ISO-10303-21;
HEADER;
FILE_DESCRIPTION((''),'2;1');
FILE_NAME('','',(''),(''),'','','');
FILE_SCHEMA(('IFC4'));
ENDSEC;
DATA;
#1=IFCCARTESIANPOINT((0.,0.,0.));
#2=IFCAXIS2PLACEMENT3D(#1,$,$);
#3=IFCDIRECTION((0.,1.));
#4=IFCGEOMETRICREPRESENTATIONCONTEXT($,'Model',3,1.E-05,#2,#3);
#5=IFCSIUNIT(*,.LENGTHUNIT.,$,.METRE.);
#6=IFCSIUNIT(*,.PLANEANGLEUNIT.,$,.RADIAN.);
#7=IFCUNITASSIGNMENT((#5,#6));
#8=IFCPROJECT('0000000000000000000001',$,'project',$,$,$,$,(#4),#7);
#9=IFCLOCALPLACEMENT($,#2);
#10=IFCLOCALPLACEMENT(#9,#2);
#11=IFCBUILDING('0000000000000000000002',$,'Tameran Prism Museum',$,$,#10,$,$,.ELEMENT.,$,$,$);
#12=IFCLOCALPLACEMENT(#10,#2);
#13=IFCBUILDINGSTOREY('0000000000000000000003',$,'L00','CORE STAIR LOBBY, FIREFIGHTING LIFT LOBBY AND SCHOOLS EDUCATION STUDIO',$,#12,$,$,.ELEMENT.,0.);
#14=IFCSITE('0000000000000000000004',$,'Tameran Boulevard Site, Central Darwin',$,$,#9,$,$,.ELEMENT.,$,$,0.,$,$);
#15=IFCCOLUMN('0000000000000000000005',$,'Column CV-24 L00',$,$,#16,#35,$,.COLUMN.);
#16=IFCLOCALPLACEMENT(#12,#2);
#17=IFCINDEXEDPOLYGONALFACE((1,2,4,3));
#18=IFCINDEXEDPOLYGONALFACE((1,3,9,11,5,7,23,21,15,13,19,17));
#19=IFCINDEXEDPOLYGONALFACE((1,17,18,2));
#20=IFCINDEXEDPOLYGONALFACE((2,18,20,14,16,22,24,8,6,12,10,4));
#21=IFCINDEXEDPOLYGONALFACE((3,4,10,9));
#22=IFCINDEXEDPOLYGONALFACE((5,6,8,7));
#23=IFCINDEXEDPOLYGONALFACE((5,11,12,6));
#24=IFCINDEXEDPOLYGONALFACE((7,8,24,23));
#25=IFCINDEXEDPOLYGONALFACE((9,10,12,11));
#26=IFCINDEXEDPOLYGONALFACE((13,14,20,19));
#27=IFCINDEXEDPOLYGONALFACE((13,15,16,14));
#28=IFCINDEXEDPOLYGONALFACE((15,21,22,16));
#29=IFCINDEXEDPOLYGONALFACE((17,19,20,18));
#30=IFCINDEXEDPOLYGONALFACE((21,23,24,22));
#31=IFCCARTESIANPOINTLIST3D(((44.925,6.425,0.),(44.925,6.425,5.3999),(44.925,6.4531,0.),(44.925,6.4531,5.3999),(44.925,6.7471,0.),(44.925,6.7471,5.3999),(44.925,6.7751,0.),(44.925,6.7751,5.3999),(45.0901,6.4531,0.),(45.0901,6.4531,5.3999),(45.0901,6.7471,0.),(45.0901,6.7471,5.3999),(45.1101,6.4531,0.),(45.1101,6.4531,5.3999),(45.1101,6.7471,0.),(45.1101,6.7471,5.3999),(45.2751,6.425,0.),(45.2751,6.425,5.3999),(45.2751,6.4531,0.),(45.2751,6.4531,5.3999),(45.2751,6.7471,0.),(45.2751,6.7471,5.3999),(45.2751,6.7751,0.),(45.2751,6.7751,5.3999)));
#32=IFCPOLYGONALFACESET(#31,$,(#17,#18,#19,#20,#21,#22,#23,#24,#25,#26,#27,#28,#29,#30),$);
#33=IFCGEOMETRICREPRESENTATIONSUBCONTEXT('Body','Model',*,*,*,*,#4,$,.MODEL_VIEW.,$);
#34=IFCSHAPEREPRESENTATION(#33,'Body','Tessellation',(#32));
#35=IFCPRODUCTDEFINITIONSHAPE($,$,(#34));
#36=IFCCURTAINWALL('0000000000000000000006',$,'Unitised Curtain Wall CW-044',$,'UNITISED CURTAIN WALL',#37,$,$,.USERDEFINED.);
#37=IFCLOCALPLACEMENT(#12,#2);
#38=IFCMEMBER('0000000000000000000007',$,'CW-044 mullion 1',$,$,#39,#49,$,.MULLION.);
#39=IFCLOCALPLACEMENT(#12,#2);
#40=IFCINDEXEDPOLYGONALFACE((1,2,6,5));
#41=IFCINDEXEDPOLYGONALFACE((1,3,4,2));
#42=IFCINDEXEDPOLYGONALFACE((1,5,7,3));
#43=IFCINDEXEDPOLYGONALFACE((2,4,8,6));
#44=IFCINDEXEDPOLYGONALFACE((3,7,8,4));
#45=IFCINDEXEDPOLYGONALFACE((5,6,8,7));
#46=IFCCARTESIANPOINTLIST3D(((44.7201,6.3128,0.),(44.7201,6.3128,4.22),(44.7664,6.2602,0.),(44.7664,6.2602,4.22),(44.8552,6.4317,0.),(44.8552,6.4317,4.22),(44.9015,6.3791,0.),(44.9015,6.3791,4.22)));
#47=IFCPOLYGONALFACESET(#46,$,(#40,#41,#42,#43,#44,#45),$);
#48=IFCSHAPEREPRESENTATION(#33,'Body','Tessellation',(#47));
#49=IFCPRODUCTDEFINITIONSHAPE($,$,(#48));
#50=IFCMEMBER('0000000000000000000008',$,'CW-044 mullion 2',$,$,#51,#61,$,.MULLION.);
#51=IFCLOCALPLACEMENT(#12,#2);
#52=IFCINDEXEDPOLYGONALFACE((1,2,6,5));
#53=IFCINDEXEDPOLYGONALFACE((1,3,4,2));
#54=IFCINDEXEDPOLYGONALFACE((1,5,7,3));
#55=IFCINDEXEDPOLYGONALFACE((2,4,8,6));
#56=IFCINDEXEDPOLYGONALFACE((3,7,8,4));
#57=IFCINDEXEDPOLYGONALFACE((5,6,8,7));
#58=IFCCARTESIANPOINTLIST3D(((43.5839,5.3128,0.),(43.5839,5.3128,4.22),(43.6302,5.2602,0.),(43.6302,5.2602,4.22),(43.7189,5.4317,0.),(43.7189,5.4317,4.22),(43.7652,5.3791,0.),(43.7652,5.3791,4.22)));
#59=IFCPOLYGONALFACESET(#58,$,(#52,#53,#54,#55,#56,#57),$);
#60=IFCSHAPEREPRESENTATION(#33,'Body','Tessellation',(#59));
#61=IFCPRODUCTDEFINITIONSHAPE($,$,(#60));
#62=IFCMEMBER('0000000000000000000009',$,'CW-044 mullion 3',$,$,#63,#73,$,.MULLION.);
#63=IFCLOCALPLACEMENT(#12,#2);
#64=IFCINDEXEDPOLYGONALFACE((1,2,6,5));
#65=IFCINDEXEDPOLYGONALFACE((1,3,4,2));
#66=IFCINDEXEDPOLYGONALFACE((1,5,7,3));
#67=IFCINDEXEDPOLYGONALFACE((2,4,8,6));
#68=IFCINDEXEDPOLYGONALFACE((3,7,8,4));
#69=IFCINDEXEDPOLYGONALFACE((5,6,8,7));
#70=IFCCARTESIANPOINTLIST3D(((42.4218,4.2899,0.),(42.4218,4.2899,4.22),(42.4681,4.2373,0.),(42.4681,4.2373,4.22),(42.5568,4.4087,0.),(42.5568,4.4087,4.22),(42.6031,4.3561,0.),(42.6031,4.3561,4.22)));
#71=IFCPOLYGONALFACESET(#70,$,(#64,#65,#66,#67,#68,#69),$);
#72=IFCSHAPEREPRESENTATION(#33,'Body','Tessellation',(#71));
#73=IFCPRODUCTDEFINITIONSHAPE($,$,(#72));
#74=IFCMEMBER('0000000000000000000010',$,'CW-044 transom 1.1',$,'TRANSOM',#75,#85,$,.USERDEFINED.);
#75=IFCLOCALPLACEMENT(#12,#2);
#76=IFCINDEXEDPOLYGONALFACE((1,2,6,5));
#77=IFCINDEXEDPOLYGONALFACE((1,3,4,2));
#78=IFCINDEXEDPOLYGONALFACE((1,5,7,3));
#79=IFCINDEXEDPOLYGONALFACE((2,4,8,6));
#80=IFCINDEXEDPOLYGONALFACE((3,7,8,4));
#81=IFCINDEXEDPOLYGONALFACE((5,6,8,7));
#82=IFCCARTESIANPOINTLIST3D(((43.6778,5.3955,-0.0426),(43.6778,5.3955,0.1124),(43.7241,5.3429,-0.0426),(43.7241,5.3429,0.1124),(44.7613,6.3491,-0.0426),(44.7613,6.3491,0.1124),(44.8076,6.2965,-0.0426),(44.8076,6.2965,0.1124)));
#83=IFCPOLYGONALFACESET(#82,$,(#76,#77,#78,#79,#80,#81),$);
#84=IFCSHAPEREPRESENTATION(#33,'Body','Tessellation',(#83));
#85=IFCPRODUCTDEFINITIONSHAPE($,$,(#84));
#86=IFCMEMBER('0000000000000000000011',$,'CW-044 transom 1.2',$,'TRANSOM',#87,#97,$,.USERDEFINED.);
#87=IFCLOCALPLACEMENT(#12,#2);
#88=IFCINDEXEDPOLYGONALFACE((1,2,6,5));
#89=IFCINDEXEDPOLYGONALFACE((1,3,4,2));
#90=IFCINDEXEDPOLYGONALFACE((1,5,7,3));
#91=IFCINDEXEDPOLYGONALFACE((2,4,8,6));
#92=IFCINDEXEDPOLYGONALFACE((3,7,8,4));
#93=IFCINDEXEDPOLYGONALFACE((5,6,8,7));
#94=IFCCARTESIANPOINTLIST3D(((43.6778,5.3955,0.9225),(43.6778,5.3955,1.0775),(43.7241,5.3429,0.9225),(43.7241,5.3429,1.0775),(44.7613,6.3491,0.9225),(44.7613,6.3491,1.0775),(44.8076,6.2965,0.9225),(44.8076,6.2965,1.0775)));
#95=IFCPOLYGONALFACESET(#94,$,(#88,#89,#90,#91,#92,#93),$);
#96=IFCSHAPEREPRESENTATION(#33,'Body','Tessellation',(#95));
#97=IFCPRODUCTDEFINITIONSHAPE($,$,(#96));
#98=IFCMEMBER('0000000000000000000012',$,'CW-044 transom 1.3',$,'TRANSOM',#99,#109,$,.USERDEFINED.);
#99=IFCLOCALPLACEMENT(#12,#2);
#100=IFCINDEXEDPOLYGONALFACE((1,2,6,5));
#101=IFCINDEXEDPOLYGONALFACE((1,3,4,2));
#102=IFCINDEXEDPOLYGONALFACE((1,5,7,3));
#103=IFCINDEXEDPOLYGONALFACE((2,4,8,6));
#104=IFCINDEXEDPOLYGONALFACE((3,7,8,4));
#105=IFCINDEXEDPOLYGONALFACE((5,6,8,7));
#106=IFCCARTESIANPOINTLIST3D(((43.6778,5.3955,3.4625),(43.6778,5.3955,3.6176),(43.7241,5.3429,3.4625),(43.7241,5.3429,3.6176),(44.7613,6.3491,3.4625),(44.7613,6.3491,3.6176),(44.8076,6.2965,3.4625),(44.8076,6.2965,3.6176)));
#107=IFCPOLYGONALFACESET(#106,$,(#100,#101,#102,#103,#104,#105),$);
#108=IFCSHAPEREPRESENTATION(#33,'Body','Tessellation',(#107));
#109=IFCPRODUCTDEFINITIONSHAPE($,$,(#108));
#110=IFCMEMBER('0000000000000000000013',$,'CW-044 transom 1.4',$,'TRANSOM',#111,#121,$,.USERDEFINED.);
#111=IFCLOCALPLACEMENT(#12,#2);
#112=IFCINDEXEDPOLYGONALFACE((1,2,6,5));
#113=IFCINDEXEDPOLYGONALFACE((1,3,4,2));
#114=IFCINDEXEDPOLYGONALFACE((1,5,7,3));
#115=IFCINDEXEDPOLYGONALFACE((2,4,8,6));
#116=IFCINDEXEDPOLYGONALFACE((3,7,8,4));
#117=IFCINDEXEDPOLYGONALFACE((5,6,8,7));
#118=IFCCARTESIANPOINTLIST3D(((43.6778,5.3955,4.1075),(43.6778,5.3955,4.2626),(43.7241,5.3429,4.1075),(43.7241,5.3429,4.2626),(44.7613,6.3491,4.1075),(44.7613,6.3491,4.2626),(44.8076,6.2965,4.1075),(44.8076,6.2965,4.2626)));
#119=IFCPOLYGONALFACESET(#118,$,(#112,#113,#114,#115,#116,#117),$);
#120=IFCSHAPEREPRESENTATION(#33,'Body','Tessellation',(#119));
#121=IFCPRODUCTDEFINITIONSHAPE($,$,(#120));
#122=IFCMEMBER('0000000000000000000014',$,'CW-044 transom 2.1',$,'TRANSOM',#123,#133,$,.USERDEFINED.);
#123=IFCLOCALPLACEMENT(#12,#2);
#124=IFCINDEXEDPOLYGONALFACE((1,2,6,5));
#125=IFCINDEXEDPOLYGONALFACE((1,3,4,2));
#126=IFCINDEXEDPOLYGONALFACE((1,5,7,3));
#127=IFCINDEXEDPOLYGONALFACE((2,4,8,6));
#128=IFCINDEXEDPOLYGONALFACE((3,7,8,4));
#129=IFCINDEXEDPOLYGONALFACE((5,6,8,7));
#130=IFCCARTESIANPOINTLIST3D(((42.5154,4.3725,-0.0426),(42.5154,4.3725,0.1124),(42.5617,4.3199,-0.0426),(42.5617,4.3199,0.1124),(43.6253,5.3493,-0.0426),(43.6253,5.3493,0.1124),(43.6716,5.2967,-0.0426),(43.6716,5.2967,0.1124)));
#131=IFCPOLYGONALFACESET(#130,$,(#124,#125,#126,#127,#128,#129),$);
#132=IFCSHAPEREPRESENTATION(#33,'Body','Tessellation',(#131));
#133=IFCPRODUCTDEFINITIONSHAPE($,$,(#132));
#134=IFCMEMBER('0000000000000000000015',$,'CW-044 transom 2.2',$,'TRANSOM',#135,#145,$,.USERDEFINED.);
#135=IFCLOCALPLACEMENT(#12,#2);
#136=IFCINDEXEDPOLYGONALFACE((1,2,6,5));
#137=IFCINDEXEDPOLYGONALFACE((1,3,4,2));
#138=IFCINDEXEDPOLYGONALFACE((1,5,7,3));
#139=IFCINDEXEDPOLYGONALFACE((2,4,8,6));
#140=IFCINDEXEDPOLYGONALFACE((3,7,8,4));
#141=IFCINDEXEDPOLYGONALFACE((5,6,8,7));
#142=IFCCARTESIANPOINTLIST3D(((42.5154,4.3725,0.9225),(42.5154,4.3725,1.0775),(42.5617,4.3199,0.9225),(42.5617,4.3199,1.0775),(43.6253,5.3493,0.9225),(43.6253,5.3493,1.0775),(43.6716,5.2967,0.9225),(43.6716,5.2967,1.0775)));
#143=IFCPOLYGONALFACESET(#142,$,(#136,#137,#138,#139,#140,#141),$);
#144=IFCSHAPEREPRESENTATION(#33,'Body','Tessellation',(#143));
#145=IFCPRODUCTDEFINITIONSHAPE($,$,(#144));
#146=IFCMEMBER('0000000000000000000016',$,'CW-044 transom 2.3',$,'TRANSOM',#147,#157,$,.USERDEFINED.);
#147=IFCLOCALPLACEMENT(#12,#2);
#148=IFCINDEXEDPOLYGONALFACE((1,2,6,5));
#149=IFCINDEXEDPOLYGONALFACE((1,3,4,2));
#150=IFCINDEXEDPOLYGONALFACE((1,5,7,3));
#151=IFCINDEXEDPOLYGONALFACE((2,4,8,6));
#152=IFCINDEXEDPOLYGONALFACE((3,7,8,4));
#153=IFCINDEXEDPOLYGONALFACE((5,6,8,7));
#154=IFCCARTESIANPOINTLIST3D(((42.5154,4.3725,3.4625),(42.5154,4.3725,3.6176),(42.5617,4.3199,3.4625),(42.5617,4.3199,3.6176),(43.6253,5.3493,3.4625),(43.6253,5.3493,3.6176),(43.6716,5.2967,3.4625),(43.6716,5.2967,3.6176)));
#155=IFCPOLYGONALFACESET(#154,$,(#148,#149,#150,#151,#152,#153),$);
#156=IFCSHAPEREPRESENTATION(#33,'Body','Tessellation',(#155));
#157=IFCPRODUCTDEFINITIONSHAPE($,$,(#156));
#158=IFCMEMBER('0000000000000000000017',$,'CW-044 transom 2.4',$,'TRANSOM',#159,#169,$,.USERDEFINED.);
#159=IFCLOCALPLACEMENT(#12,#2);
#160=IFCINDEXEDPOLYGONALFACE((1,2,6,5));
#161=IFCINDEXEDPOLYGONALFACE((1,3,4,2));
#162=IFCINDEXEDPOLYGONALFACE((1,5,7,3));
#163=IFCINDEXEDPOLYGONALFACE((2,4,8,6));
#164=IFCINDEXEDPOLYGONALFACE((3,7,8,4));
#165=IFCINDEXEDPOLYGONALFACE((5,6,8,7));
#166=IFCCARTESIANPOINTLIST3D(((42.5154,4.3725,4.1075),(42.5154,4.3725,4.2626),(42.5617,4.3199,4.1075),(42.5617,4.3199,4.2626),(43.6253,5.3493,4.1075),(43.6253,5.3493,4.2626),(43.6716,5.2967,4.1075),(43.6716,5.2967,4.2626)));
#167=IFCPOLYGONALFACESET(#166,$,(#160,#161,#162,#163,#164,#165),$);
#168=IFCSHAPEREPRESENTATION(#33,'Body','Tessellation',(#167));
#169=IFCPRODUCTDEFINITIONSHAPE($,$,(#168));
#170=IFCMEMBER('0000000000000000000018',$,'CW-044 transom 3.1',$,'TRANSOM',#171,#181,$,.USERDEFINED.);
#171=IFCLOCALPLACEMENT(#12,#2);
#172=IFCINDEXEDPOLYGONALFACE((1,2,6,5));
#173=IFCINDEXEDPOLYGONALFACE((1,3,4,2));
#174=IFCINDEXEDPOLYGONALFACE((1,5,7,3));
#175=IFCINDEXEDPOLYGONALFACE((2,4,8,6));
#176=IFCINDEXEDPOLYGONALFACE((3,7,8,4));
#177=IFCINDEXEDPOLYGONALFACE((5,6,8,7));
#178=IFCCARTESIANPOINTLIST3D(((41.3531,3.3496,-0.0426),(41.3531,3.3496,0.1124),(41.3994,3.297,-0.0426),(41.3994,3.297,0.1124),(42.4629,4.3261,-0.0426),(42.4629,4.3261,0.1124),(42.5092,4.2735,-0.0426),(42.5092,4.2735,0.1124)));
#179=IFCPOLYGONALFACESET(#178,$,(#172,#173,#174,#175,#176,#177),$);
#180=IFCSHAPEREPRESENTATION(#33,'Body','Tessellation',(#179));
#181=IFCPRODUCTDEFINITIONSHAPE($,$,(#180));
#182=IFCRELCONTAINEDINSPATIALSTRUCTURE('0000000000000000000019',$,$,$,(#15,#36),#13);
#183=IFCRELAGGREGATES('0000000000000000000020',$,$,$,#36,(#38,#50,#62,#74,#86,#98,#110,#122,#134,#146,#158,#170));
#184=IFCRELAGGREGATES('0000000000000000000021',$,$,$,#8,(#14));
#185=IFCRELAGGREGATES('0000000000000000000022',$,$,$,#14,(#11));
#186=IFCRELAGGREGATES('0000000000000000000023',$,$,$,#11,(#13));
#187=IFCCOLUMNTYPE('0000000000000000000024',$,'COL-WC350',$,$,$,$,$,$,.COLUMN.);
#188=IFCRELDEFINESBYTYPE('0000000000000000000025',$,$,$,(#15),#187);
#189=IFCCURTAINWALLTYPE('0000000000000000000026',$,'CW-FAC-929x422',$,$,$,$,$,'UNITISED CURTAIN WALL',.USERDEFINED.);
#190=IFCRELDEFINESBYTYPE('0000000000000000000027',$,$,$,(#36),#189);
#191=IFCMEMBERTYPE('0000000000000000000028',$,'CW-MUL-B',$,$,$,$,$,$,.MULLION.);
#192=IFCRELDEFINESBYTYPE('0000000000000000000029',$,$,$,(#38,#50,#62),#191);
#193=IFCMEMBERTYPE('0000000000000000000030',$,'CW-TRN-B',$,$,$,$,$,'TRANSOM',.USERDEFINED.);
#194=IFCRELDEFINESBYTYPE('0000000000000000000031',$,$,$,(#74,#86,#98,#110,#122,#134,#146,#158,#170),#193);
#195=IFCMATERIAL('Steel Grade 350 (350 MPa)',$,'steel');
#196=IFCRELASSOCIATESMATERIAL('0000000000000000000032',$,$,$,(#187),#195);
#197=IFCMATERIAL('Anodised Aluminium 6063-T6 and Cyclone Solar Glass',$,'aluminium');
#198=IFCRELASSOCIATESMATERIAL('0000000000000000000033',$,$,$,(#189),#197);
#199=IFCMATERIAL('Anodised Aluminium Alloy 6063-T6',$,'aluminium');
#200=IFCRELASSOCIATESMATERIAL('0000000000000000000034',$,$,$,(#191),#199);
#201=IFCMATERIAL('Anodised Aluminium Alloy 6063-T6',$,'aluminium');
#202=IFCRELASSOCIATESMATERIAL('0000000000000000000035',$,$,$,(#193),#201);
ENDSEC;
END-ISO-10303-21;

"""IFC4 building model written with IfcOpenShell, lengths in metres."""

from ifc_helpers import new_model, si_unit, direction, frame, origin, origin_2d, place, context, subcontext, project, spatial, rectangle, i_section, extrude, material, material_profile, profile_set, type_object, element, aggregate, save


model = new_model("IFC4")

# Units and contexts
model_context = context("Model", 3, precision=1e-05, world=origin(), true_north=direction((0.0, 1.0)))
body_context = subcontext(model_context, "Body", "Model", "MODEL_VIEW")
ifc_project = project(units=[si_unit("LENGTHUNIT", "METRE"), si_unit("PLANEANGLEUNIT", "RADIAN")], contexts=[model_context])

# Site, building, storey
site_placement = place(None, origin())
site = spatial("IfcSite", under=ifc_project, at=site_placement, Name="Tameran Boulevard Site, Central Darwin", CompositionType="ELEMENT", RefElevation=0.0)
building_placement = place(site_placement, origin())
building = spatial("IfcBuilding", under=site, at=building_placement, Name="Tameran Prism Museum", CompositionType="ELEMENT")
storey_placement = place(building_placement, origin())
storey = spatial("IfcBuildingStorey", under=building, at=storey_placement, Name="L00", Description="CORE STAIR LOBBY, FIREFIGHTING LIFT LOBBY AND SCHOOLS EDUCATION STUDIO", CompositionType="ELEMENT", Elevation=0.0)

# Column
ifc_material_1 = material(Name="Steel Grade 350 (350 MPa)", Category="steel")
ifc_material_profile_1 = material_profile(ifc_material_1, i_section(OverallWidth=0.3501, OverallDepth=0.3501, WebThickness=0.02, FlangeThickness=0.0281, at=origin_2d()))
ifc_profile_set_1 = profile_set([ifc_material_profile_1])
column_type = type_object("IfcColumnType", Name="COL-WC350", PredefinedType="COLUMN", material=ifc_profile_set_1)
column_placement = place(storey_placement, frame((45.1001, 6.6001, 0.0), z_axis=(0.0, 0.0, 1.0), x_axis=(1.0, 0.0, 0.0)))
element("IfcColumn", 1, at=column_placement, inside=storey, type_object=column_type, Name="Column CV-24 L00", PredefinedType="COLUMN", context=body_context, shape_type="SweptSolid", body=[
    extrude(i_section(OverallWidth=0.3501, OverallDepth=0.3501, WebThickness=0.02, FlangeThickness=0.0281, at=origin_2d()), origin(), (0.0, 0.0, 1.0), 5.3999),
])

# Curtain wall, members
ifc_material_2 = material(Name="Anodised Aluminium 6063-T6 and Cyclone Solar Glass", Category="aluminium")
curtain_wall_type = type_object("IfcCurtainWallType", Name="CW-FAC-929x422", ElementType="UNITISED CURTAIN WALL", PredefinedType="USERDEFINED", material=ifc_material_2)
curtain_wall_placement = place(storey_placement, origin())
curtain_wall = element("IfcCurtainWall", 2, at=curtain_wall_placement, inside=storey, type_object=curtain_wall_type, Name="Unitised Curtain Wall CW-044", ObjectType="UNITISED CURTAIN WALL", PredefinedType="USERDEFINED")
ifc_material_3 = material(Name="Anodised Aluminium Alloy 6063-T6", Category="aluminium")
ifc_material_profile_2 = material_profile(ifc_material_3, rectangle(XDim=0.0701, YDim=0.1799, at=origin_2d()))
ifc_profile_set_2 = profile_set([ifc_material_profile_2])
member_type_1 = type_object("IfcMemberType", Name="CW-MUL-B", PredefinedType="MULLION", material=ifc_profile_set_2)
member_1_placement = place(storey_placement, frame((44.8108, 6.3459, 0.0), z_axis=(0.0, 0.0, 1.0), x_axis=(0.660681, -0.750667, 0.0)))
member_1 = element("IfcMember", 3, at=member_1_placement, type_object=member_type_1, Name="CW-044 mullion 1", PredefinedType="MULLION", context=body_context, shape_type="SweptSolid", body=[
    extrude(rectangle(XDim=0.0701, YDim=0.1799, at=origin_2d()), origin(), (0.0, 0.0, 1.0), 4.22),
])
member_2_placement = place(storey_placement, frame((43.6746, 5.3459, 0.0), z_axis=(0.0, 0.0, 1.0), x_axis=(0.660681, -0.750667, 0.0)))
member_2 = element("IfcMember", 4, at=member_2_placement, type_object=member_type_1, Name="CW-044 mullion 2", PredefinedType="MULLION", context=body_context, shape_type="SweptSolid", body=[
    extrude(rectangle(XDim=0.0701, YDim=0.1799, at=origin_2d()), origin(), (0.0, 0.0, 1.0), 4.22),
])
member_3_placement = place(storey_placement, frame((42.5125, 4.323, 0.0), z_axis=(0.0, 0.0, 1.0), x_axis=(0.660681, -0.750667, 0.0)))
member_3 = element("IfcMember", 5, at=member_3_placement, type_object=member_type_1, Name="CW-044 mullion 3", PredefinedType="MULLION", context=body_context, shape_type="SweptSolid", body=[
    extrude(rectangle(XDim=0.0701, YDim=0.1799, at=origin_2d()), origin(), (0.0, 0.0, 1.0), 4.22),
])
ifc_material_4 = material(Name="Anodised Aluminium Alloy 6063-T6", Category="aluminium")
ifc_material_profile_3 = material_profile(ifc_material_4, rectangle(XDim=0.0701, YDim=0.155, at=origin_2d()))
ifc_profile_set_3 = profile_set([ifc_material_profile_3])
member_type_2 = type_object("IfcMemberType", Name="CW-TRN-B", ElementType="TRANSOM", PredefinedType="USERDEFINED", material=ifc_profile_set_3)
member_4_placement = place(storey_placement, frame((44.7844, 6.3228, 0.0349), z_axis=(-0.750667, -0.660681, 0.0), x_axis=(0.660681, -0.750667, 0.0)))
member_4 = element("IfcMember", 6, at=member_4_placement, type_object=member_type_2, Name="CW-044 transom 1.1", ObjectType="TRANSOM", PredefinedType="USERDEFINED", context=body_context, shape_type="SweptSolid", body=[
    extrude(rectangle(XDim=0.0701, YDim=0.155, at=origin_2d()), origin(), (0.0, 0.0, 1.0), 1.4434),
])
member_5_placement = place(storey_placement, frame((44.7844, 6.3228, 1.0), z_axis=(-0.750667, -0.660681, 0.0), x_axis=(0.660681, -0.750667, 0.0)))
member_5 = element("IfcMember", 7, at=member_5_placement, type_object=member_type_2, Name="CW-044 transom 1.2", ObjectType="TRANSOM", PredefinedType="USERDEFINED", context=body_context, shape_type="SweptSolid", body=[
    extrude(rectangle(XDim=0.0701, YDim=0.155, at=origin_2d()), origin(), (0.0, 0.0, 1.0), 1.4434),
])
member_6_placement = place(storey_placement, frame((44.7844, 6.3228, 3.54), z_axis=(-0.750667, -0.660681, 0.0), x_axis=(0.660681, -0.750667, 0.0)))
member_6 = element("IfcMember", 8, at=member_6_placement, type_object=member_type_2, Name="CW-044 transom 1.3", ObjectType="TRANSOM", PredefinedType="USERDEFINED", context=body_context, shape_type="SweptSolid", body=[
    extrude(rectangle(XDim=0.0701, YDim=0.155, at=origin_2d()), origin(), (0.0, 0.0, 1.0), 1.4434),
])
member_7_placement = place(storey_placement, frame((44.7844, 6.3228, 4.1851), z_axis=(-0.750667, -0.660681, 0.0), x_axis=(0.660681, -0.750667, 0.0)))
member_7 = element("IfcMember", 9, at=member_7_placement, type_object=member_type_2, Name="CW-044 transom 1.4", ObjectType="TRANSOM", PredefinedType="USERDEFINED", context=body_context, shape_type="SweptSolid", body=[
    extrude(rectangle(XDim=0.0701, YDim=0.155, at=origin_2d()), origin(), (0.0, 0.0, 1.0), 1.4434),
])
member_8_placement = place(storey_placement, frame((43.6484, 5.323, 0.0349), z_axis=(-0.750671, -0.660676, 0.0), x_axis=(0.660676, -0.750671, 0.0)))
member_8 = element("IfcMember", 10, at=member_8_placement, type_object=member_type_2, Name="CW-044 transom 2.1", ObjectType="TRANSOM", PredefinedType="USERDEFINED", context=body_context, shape_type="SweptSolid", body=[
    extrude(rectangle(XDim=0.0701, YDim=0.155, at=origin_2d()), origin(), (0.0, 0.0, 1.0), 1.4785),
])
member_9_placement = place(storey_placement, frame((43.6484, 5.323, 1.0), z_axis=(-0.750671, -0.660676, 0.0), x_axis=(0.660676, -0.750671, 0.0)))
member_9 = element("IfcMember", 11, at=member_9_placement, type_object=member_type_2, Name="CW-044 transom 2.2", ObjectType="TRANSOM", PredefinedType="USERDEFINED", context=body_context, shape_type="SweptSolid", body=[
    extrude(rectangle(XDim=0.0701, YDim=0.155, at=origin_2d()), origin(), (0.0, 0.0, 1.0), 1.4785),
])
member_10_placement = place(storey_placement, frame((43.6484, 5.323, 3.54), z_axis=(-0.750671, -0.660676, 0.0), x_axis=(0.660676, -0.750671, 0.0)))
member_10 = element("IfcMember", 12, at=member_10_placement, type_object=member_type_2, Name="CW-044 transom 2.3", ObjectType="TRANSOM", PredefinedType="USERDEFINED", context=body_context, shape_type="SweptSolid", body=[
    extrude(rectangle(XDim=0.0701, YDim=0.155, at=origin_2d()), origin(), (0.0, 0.0, 1.0), 1.4785),
])
member_11_placement = place(storey_placement, frame((43.6484, 5.323, 4.1851), z_axis=(-0.750671, -0.660676, 0.0), x_axis=(0.660676, -0.750671, 0.0)))
member_11 = element("IfcMember", 13, at=member_11_placement, type_object=member_type_2, Name="CW-044 transom 2.4", ObjectType="TRANSOM", PredefinedType="USERDEFINED", context=body_context, shape_type="SweptSolid", body=[
    extrude(rectangle(XDim=0.0701, YDim=0.155, at=origin_2d()), origin(), (0.0, 0.0, 1.0), 1.4785),
])
member_12_placement = place(storey_placement, frame((42.4861, 4.2998, 0.0349), z_axis=(-0.750753, -0.660583, 0.0), x_axis=(0.660583, -0.750753, 0.0)))
member_12 = element("IfcMember", 14, at=member_12_placement, type_object=member_type_2, Name="CW-044 transom 3.1", ObjectType="TRANSOM", PredefinedType="USERDEFINED", context=body_context, shape_type="SweptSolid", body=[
    extrude(rectangle(XDim=0.0701, YDim=0.155, at=origin_2d()), origin(), (0.0, 0.0, 1.0), 1.4783),
])
aggregate(curtain_wall, [member_1, member_2, member_3, member_4, member_5, member_6, member_7, member_8, member_9, member_10, member_11, member_12])

save(model, "model.ifc")
